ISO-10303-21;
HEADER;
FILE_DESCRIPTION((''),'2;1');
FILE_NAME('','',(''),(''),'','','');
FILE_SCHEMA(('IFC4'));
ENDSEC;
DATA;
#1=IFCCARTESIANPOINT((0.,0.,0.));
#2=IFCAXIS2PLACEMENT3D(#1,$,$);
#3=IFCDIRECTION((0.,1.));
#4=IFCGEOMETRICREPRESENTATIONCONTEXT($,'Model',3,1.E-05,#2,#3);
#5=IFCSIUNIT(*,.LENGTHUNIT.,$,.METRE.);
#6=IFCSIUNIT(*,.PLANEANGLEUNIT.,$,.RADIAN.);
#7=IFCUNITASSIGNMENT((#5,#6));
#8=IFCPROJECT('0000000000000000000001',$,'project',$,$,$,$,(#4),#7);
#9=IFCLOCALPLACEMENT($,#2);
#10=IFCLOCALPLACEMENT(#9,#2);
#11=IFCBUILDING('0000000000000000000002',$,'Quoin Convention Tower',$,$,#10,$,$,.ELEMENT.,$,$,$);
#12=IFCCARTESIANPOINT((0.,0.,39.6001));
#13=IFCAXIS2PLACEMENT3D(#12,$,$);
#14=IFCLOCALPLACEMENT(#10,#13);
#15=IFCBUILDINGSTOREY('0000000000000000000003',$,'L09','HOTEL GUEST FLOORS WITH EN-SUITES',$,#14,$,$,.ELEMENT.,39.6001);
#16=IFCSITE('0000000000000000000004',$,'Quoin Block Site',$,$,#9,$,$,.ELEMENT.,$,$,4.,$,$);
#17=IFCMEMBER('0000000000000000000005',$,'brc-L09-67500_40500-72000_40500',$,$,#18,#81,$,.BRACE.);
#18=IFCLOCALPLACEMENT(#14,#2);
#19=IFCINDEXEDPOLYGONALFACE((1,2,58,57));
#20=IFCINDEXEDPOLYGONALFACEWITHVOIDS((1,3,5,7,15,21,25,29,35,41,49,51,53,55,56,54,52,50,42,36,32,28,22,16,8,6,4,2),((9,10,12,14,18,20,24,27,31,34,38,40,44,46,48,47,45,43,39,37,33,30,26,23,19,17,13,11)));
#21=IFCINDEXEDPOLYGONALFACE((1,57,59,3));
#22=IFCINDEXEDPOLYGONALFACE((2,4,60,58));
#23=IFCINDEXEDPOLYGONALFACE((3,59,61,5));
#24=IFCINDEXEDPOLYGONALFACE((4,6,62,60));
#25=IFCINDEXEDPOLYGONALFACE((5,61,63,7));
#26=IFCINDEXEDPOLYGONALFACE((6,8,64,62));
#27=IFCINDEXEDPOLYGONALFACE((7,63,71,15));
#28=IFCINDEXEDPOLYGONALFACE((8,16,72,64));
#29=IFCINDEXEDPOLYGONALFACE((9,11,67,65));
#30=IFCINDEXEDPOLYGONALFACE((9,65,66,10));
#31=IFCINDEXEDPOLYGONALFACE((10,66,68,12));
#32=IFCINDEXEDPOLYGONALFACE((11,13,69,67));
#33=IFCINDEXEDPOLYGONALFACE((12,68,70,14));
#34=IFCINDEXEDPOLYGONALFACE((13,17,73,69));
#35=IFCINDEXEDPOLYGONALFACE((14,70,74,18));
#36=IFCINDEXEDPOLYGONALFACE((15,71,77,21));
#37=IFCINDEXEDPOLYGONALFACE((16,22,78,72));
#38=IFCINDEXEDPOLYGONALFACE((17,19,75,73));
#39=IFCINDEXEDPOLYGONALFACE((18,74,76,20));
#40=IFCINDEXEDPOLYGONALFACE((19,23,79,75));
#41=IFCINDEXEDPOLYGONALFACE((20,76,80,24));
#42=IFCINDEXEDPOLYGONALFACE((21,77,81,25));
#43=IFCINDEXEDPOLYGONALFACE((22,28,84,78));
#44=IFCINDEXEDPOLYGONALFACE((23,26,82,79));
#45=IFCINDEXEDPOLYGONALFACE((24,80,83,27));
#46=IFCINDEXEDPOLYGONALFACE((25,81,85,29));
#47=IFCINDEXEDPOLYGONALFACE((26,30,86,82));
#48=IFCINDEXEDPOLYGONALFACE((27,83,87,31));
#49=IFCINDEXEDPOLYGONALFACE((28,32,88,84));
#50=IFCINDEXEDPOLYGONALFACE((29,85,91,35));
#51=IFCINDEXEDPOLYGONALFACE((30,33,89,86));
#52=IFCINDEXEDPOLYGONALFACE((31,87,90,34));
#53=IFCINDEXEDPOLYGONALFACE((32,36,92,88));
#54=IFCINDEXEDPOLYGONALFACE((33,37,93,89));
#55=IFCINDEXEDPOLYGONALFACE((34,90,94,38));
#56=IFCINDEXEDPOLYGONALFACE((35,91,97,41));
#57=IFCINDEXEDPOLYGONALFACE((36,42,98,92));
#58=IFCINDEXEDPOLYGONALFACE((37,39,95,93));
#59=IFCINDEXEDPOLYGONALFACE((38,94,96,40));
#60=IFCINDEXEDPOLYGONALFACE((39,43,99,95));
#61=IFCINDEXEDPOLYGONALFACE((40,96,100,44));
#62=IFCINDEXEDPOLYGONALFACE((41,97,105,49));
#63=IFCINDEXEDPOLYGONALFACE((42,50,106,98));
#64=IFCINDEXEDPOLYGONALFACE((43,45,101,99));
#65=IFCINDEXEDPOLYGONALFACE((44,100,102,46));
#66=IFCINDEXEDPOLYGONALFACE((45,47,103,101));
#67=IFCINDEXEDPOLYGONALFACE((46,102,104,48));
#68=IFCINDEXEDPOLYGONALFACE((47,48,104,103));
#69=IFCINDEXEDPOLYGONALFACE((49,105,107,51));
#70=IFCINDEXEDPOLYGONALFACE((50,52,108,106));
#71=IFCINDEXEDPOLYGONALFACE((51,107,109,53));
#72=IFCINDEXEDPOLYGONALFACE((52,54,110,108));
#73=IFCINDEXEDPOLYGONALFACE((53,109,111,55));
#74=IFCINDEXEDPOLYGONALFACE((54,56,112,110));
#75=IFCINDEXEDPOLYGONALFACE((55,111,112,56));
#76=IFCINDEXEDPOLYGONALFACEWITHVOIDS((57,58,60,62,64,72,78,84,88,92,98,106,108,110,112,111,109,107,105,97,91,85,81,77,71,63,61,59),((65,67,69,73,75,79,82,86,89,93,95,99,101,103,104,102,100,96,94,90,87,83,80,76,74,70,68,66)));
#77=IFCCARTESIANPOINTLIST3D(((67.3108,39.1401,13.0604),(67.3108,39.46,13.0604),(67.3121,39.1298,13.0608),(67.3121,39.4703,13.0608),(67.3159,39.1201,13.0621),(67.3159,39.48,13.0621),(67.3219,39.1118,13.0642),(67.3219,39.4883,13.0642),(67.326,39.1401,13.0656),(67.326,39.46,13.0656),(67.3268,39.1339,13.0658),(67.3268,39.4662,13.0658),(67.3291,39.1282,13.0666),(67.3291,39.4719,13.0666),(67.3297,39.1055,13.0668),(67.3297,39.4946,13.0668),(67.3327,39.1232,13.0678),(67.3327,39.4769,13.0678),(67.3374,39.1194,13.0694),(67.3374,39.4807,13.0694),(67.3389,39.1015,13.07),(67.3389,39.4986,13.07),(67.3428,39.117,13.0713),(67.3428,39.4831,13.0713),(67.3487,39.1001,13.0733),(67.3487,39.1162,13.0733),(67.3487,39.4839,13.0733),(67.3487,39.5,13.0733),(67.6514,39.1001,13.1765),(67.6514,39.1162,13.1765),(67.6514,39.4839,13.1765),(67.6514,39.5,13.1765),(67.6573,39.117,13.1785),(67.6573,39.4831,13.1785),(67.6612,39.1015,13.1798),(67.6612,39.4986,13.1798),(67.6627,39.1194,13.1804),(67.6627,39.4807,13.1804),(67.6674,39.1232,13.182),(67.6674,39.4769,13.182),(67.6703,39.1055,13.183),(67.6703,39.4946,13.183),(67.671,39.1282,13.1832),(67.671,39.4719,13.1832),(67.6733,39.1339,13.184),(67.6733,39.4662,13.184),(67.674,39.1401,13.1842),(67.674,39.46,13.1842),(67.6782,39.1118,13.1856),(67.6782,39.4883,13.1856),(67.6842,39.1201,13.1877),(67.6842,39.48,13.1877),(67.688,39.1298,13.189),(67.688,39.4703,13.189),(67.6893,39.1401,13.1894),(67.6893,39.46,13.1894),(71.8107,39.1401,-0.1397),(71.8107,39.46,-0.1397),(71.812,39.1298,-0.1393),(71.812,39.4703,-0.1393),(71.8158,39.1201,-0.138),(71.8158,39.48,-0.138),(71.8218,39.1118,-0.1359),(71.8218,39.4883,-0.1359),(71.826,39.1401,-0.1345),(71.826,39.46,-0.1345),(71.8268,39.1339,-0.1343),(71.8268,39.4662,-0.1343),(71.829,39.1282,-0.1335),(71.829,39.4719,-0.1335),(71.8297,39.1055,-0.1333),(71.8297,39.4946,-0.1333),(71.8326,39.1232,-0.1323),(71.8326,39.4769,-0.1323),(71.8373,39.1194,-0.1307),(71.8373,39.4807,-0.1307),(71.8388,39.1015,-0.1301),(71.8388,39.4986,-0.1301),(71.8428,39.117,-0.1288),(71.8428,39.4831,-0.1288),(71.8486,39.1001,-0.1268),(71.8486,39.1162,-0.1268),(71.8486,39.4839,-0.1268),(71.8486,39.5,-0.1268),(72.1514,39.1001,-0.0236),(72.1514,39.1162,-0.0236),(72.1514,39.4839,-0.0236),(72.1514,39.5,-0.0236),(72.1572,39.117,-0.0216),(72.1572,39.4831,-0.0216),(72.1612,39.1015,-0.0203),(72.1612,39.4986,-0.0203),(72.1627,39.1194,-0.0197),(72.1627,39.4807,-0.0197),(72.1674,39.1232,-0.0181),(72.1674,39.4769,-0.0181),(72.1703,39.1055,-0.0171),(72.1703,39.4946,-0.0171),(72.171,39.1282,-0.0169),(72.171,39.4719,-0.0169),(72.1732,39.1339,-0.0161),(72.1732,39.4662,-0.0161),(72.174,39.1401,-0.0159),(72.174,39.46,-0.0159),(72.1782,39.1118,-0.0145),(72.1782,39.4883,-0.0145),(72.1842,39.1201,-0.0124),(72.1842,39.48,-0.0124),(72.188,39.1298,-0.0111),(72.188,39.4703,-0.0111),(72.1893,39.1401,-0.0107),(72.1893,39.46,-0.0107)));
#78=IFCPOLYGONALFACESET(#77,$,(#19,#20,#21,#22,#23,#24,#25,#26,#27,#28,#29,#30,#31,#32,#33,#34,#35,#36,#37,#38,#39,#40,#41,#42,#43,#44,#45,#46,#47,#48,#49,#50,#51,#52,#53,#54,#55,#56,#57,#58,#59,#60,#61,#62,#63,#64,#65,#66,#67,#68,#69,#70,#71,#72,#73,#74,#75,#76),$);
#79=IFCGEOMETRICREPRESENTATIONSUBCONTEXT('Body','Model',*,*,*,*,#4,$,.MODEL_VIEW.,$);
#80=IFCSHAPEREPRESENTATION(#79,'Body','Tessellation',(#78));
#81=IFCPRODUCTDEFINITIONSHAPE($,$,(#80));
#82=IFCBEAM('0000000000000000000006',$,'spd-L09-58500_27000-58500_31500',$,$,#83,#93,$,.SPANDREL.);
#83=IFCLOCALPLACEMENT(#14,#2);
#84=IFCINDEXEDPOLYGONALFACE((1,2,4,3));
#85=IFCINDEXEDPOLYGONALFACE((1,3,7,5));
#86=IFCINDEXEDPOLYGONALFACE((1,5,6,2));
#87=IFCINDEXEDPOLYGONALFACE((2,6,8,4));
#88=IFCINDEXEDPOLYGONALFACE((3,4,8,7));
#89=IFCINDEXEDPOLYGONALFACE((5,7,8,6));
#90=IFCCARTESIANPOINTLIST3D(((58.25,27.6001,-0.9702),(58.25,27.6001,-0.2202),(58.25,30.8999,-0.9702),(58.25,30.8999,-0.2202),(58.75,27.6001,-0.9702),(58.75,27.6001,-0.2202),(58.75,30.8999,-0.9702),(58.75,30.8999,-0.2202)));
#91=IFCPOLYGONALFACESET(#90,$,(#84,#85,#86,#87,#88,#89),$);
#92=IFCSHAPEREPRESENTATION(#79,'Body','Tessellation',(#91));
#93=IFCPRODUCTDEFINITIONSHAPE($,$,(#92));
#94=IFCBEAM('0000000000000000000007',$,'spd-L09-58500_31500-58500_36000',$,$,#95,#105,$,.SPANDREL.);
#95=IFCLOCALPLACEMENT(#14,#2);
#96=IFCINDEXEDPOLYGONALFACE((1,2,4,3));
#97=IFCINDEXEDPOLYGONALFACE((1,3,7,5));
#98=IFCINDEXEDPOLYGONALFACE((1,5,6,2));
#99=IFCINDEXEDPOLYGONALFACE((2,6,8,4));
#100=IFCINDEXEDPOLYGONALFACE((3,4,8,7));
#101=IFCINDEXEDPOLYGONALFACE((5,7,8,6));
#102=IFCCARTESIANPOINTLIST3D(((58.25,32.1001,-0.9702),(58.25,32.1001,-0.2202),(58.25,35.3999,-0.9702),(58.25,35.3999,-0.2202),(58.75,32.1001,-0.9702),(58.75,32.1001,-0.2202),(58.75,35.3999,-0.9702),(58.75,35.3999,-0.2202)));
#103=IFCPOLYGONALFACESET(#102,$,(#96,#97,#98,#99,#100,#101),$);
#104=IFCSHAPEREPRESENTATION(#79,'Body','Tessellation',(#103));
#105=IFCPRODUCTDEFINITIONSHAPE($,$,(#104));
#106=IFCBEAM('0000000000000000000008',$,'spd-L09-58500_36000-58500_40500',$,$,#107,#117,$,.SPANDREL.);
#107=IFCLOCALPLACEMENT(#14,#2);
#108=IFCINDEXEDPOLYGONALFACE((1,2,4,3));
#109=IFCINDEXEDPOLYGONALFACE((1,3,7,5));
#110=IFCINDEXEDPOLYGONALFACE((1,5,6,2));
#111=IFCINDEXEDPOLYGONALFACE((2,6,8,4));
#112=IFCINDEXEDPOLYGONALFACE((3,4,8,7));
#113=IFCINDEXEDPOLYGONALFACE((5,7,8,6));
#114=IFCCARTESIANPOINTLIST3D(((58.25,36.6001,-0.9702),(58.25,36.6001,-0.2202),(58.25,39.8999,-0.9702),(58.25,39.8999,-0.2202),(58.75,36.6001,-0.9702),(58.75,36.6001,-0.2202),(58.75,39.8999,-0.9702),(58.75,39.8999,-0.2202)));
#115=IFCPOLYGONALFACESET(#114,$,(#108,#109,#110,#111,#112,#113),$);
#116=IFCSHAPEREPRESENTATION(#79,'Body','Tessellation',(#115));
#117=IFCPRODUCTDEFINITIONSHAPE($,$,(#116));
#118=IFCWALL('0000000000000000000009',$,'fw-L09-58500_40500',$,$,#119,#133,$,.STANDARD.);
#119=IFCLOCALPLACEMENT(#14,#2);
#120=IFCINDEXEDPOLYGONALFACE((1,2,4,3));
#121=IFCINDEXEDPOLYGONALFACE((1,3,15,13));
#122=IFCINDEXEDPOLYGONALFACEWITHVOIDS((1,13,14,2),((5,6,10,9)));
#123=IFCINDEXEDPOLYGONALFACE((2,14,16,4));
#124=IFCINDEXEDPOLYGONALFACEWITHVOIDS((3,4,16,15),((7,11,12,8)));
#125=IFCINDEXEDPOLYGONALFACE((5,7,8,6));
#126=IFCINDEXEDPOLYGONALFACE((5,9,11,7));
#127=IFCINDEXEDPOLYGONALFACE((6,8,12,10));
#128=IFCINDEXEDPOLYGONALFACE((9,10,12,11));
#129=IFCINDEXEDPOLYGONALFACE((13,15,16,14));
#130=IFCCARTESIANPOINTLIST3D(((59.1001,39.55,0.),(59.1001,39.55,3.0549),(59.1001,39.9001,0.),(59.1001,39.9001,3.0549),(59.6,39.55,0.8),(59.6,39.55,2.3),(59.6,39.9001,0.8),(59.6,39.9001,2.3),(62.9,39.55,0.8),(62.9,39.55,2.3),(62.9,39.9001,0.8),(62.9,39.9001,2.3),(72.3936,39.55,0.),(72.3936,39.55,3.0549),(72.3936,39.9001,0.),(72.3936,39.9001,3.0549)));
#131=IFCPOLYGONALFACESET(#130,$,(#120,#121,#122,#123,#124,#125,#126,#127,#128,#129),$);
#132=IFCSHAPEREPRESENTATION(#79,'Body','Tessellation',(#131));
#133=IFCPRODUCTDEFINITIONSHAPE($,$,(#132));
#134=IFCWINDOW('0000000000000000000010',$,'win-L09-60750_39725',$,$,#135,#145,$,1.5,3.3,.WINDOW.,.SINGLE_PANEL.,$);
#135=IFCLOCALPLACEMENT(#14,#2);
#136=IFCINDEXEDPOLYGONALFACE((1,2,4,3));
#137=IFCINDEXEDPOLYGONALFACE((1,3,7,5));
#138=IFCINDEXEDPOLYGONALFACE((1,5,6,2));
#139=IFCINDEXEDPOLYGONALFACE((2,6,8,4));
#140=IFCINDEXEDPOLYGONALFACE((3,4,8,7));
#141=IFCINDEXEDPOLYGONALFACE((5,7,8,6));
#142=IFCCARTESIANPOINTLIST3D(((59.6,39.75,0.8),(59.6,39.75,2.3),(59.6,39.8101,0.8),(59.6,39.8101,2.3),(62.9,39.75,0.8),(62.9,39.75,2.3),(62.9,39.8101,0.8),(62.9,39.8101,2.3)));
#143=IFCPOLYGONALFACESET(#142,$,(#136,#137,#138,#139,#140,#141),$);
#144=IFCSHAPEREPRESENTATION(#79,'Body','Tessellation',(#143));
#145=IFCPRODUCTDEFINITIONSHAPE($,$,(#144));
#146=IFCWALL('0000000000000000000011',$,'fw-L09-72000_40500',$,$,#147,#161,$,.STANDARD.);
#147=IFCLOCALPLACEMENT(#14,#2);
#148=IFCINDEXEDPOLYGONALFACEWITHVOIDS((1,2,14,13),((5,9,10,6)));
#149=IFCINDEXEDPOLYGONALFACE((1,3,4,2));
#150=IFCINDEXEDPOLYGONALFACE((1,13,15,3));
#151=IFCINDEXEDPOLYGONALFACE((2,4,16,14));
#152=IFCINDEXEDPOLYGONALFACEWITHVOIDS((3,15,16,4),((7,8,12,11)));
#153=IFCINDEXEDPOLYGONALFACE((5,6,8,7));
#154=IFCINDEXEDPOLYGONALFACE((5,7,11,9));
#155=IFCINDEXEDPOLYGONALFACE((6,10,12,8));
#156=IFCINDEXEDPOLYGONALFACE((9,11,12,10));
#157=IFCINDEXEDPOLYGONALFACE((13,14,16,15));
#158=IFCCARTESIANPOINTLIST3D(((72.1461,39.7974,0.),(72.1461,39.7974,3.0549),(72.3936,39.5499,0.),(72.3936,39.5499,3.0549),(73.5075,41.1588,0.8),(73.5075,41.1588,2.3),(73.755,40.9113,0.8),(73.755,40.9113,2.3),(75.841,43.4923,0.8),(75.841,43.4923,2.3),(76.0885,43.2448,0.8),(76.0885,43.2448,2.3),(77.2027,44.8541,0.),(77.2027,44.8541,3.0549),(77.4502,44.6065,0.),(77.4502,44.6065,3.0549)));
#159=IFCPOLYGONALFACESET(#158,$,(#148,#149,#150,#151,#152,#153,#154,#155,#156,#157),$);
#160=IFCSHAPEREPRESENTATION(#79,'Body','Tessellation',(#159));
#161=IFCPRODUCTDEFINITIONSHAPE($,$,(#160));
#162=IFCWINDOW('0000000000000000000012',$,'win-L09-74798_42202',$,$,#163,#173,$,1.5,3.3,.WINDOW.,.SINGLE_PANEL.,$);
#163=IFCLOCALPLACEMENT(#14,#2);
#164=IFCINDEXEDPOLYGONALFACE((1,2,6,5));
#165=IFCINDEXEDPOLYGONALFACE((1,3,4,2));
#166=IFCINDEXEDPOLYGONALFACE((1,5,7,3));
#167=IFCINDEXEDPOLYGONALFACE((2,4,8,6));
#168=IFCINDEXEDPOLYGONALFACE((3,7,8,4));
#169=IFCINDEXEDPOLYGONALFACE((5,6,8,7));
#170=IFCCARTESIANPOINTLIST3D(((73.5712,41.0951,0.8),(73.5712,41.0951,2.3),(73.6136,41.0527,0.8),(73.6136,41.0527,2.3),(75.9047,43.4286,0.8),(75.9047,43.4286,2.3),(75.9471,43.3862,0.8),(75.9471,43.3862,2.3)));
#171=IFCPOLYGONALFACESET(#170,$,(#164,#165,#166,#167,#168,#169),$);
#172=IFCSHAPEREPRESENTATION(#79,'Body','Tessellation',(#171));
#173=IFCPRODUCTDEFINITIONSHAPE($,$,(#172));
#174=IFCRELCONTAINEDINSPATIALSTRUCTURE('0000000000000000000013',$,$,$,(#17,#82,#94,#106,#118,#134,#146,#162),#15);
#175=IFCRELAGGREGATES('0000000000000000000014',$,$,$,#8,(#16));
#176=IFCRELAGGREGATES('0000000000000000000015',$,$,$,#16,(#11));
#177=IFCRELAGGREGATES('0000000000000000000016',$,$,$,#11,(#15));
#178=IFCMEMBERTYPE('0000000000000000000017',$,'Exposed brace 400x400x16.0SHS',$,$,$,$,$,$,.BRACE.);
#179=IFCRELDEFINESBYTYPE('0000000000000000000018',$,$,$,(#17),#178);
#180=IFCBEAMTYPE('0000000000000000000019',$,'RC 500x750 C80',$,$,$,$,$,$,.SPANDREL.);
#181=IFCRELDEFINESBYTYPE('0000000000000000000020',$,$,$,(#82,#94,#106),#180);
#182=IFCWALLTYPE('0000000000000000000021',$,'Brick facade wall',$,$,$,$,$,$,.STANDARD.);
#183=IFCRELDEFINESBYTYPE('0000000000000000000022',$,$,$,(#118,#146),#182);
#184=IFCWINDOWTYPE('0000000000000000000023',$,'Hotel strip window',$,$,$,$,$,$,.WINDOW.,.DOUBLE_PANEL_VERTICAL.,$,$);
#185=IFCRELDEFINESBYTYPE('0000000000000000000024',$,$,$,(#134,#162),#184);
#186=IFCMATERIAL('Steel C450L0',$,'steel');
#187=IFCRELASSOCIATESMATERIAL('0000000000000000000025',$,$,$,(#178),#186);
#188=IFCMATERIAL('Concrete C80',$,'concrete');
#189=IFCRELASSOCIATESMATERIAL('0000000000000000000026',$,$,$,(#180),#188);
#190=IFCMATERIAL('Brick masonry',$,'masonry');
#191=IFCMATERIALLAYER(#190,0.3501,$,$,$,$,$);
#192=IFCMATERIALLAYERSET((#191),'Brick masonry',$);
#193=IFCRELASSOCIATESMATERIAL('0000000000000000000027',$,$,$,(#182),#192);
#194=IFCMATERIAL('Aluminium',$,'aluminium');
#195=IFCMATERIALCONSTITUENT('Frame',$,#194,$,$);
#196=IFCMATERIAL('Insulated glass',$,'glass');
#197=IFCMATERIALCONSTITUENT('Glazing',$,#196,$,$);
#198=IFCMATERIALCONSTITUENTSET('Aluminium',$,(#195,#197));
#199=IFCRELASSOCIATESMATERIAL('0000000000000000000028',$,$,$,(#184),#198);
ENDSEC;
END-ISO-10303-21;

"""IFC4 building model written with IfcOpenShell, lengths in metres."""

from ifc_helpers import new_model, si_unit, direction, frame, frame_2d, origin, origin_2d, place, context, subcontext, project, spatial, rectangle, hollow_rectangle, extrude, material, layer, layer_set, constituent, constituent_set, material_profile, profile_set, type_object, element, fill, save


model = new_model("IFC4")

# Units and contexts
model_context = context("Model", 3, precision=1e-05, world=origin(), true_north=direction((0.0, 1.0)))
body_context = subcontext(model_context, "Body", "Model", "MODEL_VIEW")
ifc_project = project(units=[si_unit("LENGTHUNIT", "METRE"), si_unit("PLANEANGLEUNIT", "RADIAN")], contexts=[model_context])

# Site, building, storey
site_placement = place(None, origin())
site = spatial("IfcSite", under=ifc_project, at=site_placement, Name="Quoin Block Site", CompositionType="ELEMENT", RefElevation=4.0)
building_placement = place(site_placement, origin())
building = spatial("IfcBuilding", under=site, at=building_placement, Name="Quoin Convention Tower", CompositionType="ELEMENT")
storey_placement = place(building_placement, frame((0.0, 0.0, 39.6001)))
storey = spatial("IfcBuildingStorey", under=building, at=storey_placement, Name="L09", Description="HOTEL GUEST FLOORS WITH EN-SUITES", CompositionType="ELEMENT", Elevation=39.6001)

# Shared definitions
ifc_material_1 = material(Name="Concrete C80", Category="concrete")

# Member
ifc_material_2 = material(Name="Steel C450L0", Category="steel")
ifc_material_profile_1 = material_profile(ifc_material_2, hollow_rectangle(XDim=0.3999, YDim=0.3999, WallThickness=0.0161, InnerFilletRadius=0.0239, OuterFilletRadius=0.04, at=origin_2d()), Name="400x400x16.0SHS")
ifc_profile_set_1 = profile_set([ifc_material_profile_1], Name="Steel C450L0")
member_type = type_object("IfcMemberType", Name="Exposed brace 400x400x16.0SHS", PredefinedType="BRACE", material=ifc_profile_set_1)
for number, where, z_axis, x_axis, name in (
    (1, (72.0, 39.3, -0.0752), (-0.32267, 0.0, 0.946512), (0.0, -1.0, 0.0), "brc-L09-67500_40500-72000_40500"),
):
    element("IfcMember", number, at=place(storey_placement, frame(where, z_axis=z_axis, x_axis=x_axis)), inside=storey, type_object=member_type, Name=name, PredefinedType="BRACE", context=body_context, shape_type="SweptSolid", body=[
        extrude(hollow_rectangle(XDim=0.3999, YDim=0.3999, WallThickness=0.0161, InnerFilletRadius=0.0239, OuterFilletRadius=0.04, at=origin_2d()), origin(), (0.0, 0.0, 1.0), 13.946),
    ])

# Beams
ifc_material_profile_2 = material_profile(ifc_material_1, rectangle(XDim=0.5, YDim=0.75, at=origin_2d()), Name="RC 500x750")
ifc_profile_set_2 = profile_set([ifc_material_profile_2], Name="Concrete C80")
beam_type = type_object("IfcBeamType", Name="RC 500x750 C80", PredefinedType="SPANDREL", material=ifc_profile_set_2)
for number, where, z_axis, x_axis, name in (
    (2, (58.5, 27.6001, -0.5952), (0.0, 1.0, 0.0), (-1.0, 0.0, 0.0), "spd-L09-58500_27000-58500_31500"),
    (3, (58.5, 32.1001, -0.5952), (0.0, 1.0, 0.0), (-1.0, 0.0, 0.0), "spd-L09-58500_31500-58500_36000"),
    (4, (58.5, 36.6001, -0.5952), (0.0, 1.0, 0.0), (-1.0, 0.0, 0.0), "spd-L09-58500_36000-58500_40500"),
):
    element("IfcBeam", number, at=place(storey_placement, frame(where, z_axis=z_axis, x_axis=x_axis)), inside=storey, type_object=beam_type, Name=name, PredefinedType="SPANDREL", context=body_context, shape_type="SweptSolid", body=[
        extrude(rectangle(XDim=0.5, YDim=0.75, at=origin_2d()), origin(), (0.0, 0.0, 1.0), 3.2998),
    ])

# Walls, openings, windows
ifc_material_3 = material(Name="Brick masonry", Category="masonry")
ifc_layer_1 = layer(ifc_material_3, 0.3501)
ifc_layer_set_1 = layer_set([ifc_layer_1], Name="Brick masonry")
wall_type_1 = type_object("IfcWallType", Name="Brick facade wall", PredefinedType="STANDARD", material=ifc_layer_set_1)
wall_1_placement = place(storey_placement, frame((59.1001, 39.7251, 0.0), z_axis=(0.0, 0.0, 1.0), x_axis=(1.0, 0.0, 0.0)))
wall_1 = element("IfcWall", 5, at=wall_1_placement, inside=storey, type_object=wall_type_1, Name="fw-L09-58500_40500", PredefinedType="STANDARD", context=body_context, shape_type="SweptSolid", body=[
    extrude(rectangle(XDim=13.2935, YDim=0.3501, at=frame_2d((6.6467, 0.0))), origin(), (0.0, 0.0, 1.0), 3.0549),
])
opening_1_placement = place(wall_1_placement, frame((0.5, 0.0, 0.8)))
opening_1 = element("IfcOpeningElement", 6, at=opening_1_placement, cuts=wall_1, PredefinedType="OPENING", context=body_context, shape_type="SweptSolid", body=[
    extrude(rectangle(XDim=3.3, YDim=1.5, at=frame_2d((1.6499, 0.75))), frame((0.0, 0.1851, 0.0), z_axis=(0.0, -1.0, 0.0), x_axis=(1.0, 0.0, 0.0)), (0.0, 0.0, 1.0), 0.3701),
])
ifc_material_4 = material(Name="Aluminium", Category="aluminium")
ifc_constituent_1 = constituent(ifc_material_4, Name="Frame")
ifc_material_5 = material(Name="Insulated glass", Category="glass")
ifc_constituent_2 = constituent(ifc_material_5, Name="Glazing")
ifc_constituent_set = constituent_set(constituents=[ifc_constituent_1, ifc_constituent_2], Name="Aluminium")
window_type = type_object("IfcWindowType", Name="Hotel strip window", PartitioningType="DOUBLE_PANEL_VERTICAL", PredefinedType="WINDOW", material=ifc_constituent_set)
window_1_placement = place(opening_1_placement, origin())
window_1 = element("IfcWindow", 7, at=window_1_placement, inside=storey, type_object=window_type, Name="win-L09-60750_39725", OverallHeight=1.5, OverallWidth=3.3, PartitioningType="SINGLE_PANEL", PredefinedType="WINDOW", context=body_context, shape_type="SweptSolid", body=[
    extrude(rectangle(XDim=3.3, YDim=1.5, at=frame_2d((1.6499, 0.75))), frame((0.0, 0.085, 0.0), z_axis=(0.0, -1.0, 0.0), x_axis=(1.0, 0.0, 0.0)), (0.0, 0.0, 1.0), 0.0601),
])
fill(opening_1, window_1)
wall_2_placement = place(storey_placement, frame((72.2698, 39.6736, 0.0), z_axis=(0.0, 0.0, 1.0), x_axis=(0.707107, 0.707107, 0.0)))
wall_2 = element("IfcWall", 8, at=wall_2_placement, inside=storey, type_object=wall_type_1, Name="fw-L09-72000_40500", PredefinedType="STANDARD", context=body_context, shape_type="SweptSolid", body=[
    extrude(rectangle(XDim=7.1511, YDim=0.3501, at=frame_2d((3.5757, 0.0))), origin(), (0.0, 0.0, 1.0), 3.0549),
])
opening_2_placement = place(wall_2_placement, frame((1.9255, 0.0, 0.8)))
opening_2 = element("IfcOpeningElement", 9, at=opening_2_placement, cuts=wall_2, PredefinedType="OPENING", context=body_context, shape_type="SweptSolid", body=[
    extrude(rectangle(XDim=3.3, YDim=1.5, at=frame_2d((1.6499, 0.75))), frame((0.0, 0.1851, 0.0), z_axis=(0.0, -1.0, 0.0), x_axis=(1.0, 0.0, 0.0)), (0.0, 0.0, 1.0), 0.3701),
])
window_2_placement = place(opening_2_placement, origin())
window_2 = element("IfcWindow", 10, at=window_2_placement, inside=storey, type_object=window_type, Name="win-L09-74798_42202", OverallHeight=1.5, OverallWidth=3.3, PartitioningType="SINGLE_PANEL", PredefinedType="WINDOW", context=body_context, shape_type="SweptSolid", body=[
    extrude(rectangle(XDim=3.3, YDim=1.5, at=frame_2d((1.6499, 0.75))), frame((0.0, 0.085, 0.0), z_axis=(0.0, -1.0, 0.0), x_axis=(1.0, 0.0, 0.0)), (0.0, 0.0, 1.0), 0.0601),
])
fill(opening_2, window_2)

save(model, "model.ifc")
